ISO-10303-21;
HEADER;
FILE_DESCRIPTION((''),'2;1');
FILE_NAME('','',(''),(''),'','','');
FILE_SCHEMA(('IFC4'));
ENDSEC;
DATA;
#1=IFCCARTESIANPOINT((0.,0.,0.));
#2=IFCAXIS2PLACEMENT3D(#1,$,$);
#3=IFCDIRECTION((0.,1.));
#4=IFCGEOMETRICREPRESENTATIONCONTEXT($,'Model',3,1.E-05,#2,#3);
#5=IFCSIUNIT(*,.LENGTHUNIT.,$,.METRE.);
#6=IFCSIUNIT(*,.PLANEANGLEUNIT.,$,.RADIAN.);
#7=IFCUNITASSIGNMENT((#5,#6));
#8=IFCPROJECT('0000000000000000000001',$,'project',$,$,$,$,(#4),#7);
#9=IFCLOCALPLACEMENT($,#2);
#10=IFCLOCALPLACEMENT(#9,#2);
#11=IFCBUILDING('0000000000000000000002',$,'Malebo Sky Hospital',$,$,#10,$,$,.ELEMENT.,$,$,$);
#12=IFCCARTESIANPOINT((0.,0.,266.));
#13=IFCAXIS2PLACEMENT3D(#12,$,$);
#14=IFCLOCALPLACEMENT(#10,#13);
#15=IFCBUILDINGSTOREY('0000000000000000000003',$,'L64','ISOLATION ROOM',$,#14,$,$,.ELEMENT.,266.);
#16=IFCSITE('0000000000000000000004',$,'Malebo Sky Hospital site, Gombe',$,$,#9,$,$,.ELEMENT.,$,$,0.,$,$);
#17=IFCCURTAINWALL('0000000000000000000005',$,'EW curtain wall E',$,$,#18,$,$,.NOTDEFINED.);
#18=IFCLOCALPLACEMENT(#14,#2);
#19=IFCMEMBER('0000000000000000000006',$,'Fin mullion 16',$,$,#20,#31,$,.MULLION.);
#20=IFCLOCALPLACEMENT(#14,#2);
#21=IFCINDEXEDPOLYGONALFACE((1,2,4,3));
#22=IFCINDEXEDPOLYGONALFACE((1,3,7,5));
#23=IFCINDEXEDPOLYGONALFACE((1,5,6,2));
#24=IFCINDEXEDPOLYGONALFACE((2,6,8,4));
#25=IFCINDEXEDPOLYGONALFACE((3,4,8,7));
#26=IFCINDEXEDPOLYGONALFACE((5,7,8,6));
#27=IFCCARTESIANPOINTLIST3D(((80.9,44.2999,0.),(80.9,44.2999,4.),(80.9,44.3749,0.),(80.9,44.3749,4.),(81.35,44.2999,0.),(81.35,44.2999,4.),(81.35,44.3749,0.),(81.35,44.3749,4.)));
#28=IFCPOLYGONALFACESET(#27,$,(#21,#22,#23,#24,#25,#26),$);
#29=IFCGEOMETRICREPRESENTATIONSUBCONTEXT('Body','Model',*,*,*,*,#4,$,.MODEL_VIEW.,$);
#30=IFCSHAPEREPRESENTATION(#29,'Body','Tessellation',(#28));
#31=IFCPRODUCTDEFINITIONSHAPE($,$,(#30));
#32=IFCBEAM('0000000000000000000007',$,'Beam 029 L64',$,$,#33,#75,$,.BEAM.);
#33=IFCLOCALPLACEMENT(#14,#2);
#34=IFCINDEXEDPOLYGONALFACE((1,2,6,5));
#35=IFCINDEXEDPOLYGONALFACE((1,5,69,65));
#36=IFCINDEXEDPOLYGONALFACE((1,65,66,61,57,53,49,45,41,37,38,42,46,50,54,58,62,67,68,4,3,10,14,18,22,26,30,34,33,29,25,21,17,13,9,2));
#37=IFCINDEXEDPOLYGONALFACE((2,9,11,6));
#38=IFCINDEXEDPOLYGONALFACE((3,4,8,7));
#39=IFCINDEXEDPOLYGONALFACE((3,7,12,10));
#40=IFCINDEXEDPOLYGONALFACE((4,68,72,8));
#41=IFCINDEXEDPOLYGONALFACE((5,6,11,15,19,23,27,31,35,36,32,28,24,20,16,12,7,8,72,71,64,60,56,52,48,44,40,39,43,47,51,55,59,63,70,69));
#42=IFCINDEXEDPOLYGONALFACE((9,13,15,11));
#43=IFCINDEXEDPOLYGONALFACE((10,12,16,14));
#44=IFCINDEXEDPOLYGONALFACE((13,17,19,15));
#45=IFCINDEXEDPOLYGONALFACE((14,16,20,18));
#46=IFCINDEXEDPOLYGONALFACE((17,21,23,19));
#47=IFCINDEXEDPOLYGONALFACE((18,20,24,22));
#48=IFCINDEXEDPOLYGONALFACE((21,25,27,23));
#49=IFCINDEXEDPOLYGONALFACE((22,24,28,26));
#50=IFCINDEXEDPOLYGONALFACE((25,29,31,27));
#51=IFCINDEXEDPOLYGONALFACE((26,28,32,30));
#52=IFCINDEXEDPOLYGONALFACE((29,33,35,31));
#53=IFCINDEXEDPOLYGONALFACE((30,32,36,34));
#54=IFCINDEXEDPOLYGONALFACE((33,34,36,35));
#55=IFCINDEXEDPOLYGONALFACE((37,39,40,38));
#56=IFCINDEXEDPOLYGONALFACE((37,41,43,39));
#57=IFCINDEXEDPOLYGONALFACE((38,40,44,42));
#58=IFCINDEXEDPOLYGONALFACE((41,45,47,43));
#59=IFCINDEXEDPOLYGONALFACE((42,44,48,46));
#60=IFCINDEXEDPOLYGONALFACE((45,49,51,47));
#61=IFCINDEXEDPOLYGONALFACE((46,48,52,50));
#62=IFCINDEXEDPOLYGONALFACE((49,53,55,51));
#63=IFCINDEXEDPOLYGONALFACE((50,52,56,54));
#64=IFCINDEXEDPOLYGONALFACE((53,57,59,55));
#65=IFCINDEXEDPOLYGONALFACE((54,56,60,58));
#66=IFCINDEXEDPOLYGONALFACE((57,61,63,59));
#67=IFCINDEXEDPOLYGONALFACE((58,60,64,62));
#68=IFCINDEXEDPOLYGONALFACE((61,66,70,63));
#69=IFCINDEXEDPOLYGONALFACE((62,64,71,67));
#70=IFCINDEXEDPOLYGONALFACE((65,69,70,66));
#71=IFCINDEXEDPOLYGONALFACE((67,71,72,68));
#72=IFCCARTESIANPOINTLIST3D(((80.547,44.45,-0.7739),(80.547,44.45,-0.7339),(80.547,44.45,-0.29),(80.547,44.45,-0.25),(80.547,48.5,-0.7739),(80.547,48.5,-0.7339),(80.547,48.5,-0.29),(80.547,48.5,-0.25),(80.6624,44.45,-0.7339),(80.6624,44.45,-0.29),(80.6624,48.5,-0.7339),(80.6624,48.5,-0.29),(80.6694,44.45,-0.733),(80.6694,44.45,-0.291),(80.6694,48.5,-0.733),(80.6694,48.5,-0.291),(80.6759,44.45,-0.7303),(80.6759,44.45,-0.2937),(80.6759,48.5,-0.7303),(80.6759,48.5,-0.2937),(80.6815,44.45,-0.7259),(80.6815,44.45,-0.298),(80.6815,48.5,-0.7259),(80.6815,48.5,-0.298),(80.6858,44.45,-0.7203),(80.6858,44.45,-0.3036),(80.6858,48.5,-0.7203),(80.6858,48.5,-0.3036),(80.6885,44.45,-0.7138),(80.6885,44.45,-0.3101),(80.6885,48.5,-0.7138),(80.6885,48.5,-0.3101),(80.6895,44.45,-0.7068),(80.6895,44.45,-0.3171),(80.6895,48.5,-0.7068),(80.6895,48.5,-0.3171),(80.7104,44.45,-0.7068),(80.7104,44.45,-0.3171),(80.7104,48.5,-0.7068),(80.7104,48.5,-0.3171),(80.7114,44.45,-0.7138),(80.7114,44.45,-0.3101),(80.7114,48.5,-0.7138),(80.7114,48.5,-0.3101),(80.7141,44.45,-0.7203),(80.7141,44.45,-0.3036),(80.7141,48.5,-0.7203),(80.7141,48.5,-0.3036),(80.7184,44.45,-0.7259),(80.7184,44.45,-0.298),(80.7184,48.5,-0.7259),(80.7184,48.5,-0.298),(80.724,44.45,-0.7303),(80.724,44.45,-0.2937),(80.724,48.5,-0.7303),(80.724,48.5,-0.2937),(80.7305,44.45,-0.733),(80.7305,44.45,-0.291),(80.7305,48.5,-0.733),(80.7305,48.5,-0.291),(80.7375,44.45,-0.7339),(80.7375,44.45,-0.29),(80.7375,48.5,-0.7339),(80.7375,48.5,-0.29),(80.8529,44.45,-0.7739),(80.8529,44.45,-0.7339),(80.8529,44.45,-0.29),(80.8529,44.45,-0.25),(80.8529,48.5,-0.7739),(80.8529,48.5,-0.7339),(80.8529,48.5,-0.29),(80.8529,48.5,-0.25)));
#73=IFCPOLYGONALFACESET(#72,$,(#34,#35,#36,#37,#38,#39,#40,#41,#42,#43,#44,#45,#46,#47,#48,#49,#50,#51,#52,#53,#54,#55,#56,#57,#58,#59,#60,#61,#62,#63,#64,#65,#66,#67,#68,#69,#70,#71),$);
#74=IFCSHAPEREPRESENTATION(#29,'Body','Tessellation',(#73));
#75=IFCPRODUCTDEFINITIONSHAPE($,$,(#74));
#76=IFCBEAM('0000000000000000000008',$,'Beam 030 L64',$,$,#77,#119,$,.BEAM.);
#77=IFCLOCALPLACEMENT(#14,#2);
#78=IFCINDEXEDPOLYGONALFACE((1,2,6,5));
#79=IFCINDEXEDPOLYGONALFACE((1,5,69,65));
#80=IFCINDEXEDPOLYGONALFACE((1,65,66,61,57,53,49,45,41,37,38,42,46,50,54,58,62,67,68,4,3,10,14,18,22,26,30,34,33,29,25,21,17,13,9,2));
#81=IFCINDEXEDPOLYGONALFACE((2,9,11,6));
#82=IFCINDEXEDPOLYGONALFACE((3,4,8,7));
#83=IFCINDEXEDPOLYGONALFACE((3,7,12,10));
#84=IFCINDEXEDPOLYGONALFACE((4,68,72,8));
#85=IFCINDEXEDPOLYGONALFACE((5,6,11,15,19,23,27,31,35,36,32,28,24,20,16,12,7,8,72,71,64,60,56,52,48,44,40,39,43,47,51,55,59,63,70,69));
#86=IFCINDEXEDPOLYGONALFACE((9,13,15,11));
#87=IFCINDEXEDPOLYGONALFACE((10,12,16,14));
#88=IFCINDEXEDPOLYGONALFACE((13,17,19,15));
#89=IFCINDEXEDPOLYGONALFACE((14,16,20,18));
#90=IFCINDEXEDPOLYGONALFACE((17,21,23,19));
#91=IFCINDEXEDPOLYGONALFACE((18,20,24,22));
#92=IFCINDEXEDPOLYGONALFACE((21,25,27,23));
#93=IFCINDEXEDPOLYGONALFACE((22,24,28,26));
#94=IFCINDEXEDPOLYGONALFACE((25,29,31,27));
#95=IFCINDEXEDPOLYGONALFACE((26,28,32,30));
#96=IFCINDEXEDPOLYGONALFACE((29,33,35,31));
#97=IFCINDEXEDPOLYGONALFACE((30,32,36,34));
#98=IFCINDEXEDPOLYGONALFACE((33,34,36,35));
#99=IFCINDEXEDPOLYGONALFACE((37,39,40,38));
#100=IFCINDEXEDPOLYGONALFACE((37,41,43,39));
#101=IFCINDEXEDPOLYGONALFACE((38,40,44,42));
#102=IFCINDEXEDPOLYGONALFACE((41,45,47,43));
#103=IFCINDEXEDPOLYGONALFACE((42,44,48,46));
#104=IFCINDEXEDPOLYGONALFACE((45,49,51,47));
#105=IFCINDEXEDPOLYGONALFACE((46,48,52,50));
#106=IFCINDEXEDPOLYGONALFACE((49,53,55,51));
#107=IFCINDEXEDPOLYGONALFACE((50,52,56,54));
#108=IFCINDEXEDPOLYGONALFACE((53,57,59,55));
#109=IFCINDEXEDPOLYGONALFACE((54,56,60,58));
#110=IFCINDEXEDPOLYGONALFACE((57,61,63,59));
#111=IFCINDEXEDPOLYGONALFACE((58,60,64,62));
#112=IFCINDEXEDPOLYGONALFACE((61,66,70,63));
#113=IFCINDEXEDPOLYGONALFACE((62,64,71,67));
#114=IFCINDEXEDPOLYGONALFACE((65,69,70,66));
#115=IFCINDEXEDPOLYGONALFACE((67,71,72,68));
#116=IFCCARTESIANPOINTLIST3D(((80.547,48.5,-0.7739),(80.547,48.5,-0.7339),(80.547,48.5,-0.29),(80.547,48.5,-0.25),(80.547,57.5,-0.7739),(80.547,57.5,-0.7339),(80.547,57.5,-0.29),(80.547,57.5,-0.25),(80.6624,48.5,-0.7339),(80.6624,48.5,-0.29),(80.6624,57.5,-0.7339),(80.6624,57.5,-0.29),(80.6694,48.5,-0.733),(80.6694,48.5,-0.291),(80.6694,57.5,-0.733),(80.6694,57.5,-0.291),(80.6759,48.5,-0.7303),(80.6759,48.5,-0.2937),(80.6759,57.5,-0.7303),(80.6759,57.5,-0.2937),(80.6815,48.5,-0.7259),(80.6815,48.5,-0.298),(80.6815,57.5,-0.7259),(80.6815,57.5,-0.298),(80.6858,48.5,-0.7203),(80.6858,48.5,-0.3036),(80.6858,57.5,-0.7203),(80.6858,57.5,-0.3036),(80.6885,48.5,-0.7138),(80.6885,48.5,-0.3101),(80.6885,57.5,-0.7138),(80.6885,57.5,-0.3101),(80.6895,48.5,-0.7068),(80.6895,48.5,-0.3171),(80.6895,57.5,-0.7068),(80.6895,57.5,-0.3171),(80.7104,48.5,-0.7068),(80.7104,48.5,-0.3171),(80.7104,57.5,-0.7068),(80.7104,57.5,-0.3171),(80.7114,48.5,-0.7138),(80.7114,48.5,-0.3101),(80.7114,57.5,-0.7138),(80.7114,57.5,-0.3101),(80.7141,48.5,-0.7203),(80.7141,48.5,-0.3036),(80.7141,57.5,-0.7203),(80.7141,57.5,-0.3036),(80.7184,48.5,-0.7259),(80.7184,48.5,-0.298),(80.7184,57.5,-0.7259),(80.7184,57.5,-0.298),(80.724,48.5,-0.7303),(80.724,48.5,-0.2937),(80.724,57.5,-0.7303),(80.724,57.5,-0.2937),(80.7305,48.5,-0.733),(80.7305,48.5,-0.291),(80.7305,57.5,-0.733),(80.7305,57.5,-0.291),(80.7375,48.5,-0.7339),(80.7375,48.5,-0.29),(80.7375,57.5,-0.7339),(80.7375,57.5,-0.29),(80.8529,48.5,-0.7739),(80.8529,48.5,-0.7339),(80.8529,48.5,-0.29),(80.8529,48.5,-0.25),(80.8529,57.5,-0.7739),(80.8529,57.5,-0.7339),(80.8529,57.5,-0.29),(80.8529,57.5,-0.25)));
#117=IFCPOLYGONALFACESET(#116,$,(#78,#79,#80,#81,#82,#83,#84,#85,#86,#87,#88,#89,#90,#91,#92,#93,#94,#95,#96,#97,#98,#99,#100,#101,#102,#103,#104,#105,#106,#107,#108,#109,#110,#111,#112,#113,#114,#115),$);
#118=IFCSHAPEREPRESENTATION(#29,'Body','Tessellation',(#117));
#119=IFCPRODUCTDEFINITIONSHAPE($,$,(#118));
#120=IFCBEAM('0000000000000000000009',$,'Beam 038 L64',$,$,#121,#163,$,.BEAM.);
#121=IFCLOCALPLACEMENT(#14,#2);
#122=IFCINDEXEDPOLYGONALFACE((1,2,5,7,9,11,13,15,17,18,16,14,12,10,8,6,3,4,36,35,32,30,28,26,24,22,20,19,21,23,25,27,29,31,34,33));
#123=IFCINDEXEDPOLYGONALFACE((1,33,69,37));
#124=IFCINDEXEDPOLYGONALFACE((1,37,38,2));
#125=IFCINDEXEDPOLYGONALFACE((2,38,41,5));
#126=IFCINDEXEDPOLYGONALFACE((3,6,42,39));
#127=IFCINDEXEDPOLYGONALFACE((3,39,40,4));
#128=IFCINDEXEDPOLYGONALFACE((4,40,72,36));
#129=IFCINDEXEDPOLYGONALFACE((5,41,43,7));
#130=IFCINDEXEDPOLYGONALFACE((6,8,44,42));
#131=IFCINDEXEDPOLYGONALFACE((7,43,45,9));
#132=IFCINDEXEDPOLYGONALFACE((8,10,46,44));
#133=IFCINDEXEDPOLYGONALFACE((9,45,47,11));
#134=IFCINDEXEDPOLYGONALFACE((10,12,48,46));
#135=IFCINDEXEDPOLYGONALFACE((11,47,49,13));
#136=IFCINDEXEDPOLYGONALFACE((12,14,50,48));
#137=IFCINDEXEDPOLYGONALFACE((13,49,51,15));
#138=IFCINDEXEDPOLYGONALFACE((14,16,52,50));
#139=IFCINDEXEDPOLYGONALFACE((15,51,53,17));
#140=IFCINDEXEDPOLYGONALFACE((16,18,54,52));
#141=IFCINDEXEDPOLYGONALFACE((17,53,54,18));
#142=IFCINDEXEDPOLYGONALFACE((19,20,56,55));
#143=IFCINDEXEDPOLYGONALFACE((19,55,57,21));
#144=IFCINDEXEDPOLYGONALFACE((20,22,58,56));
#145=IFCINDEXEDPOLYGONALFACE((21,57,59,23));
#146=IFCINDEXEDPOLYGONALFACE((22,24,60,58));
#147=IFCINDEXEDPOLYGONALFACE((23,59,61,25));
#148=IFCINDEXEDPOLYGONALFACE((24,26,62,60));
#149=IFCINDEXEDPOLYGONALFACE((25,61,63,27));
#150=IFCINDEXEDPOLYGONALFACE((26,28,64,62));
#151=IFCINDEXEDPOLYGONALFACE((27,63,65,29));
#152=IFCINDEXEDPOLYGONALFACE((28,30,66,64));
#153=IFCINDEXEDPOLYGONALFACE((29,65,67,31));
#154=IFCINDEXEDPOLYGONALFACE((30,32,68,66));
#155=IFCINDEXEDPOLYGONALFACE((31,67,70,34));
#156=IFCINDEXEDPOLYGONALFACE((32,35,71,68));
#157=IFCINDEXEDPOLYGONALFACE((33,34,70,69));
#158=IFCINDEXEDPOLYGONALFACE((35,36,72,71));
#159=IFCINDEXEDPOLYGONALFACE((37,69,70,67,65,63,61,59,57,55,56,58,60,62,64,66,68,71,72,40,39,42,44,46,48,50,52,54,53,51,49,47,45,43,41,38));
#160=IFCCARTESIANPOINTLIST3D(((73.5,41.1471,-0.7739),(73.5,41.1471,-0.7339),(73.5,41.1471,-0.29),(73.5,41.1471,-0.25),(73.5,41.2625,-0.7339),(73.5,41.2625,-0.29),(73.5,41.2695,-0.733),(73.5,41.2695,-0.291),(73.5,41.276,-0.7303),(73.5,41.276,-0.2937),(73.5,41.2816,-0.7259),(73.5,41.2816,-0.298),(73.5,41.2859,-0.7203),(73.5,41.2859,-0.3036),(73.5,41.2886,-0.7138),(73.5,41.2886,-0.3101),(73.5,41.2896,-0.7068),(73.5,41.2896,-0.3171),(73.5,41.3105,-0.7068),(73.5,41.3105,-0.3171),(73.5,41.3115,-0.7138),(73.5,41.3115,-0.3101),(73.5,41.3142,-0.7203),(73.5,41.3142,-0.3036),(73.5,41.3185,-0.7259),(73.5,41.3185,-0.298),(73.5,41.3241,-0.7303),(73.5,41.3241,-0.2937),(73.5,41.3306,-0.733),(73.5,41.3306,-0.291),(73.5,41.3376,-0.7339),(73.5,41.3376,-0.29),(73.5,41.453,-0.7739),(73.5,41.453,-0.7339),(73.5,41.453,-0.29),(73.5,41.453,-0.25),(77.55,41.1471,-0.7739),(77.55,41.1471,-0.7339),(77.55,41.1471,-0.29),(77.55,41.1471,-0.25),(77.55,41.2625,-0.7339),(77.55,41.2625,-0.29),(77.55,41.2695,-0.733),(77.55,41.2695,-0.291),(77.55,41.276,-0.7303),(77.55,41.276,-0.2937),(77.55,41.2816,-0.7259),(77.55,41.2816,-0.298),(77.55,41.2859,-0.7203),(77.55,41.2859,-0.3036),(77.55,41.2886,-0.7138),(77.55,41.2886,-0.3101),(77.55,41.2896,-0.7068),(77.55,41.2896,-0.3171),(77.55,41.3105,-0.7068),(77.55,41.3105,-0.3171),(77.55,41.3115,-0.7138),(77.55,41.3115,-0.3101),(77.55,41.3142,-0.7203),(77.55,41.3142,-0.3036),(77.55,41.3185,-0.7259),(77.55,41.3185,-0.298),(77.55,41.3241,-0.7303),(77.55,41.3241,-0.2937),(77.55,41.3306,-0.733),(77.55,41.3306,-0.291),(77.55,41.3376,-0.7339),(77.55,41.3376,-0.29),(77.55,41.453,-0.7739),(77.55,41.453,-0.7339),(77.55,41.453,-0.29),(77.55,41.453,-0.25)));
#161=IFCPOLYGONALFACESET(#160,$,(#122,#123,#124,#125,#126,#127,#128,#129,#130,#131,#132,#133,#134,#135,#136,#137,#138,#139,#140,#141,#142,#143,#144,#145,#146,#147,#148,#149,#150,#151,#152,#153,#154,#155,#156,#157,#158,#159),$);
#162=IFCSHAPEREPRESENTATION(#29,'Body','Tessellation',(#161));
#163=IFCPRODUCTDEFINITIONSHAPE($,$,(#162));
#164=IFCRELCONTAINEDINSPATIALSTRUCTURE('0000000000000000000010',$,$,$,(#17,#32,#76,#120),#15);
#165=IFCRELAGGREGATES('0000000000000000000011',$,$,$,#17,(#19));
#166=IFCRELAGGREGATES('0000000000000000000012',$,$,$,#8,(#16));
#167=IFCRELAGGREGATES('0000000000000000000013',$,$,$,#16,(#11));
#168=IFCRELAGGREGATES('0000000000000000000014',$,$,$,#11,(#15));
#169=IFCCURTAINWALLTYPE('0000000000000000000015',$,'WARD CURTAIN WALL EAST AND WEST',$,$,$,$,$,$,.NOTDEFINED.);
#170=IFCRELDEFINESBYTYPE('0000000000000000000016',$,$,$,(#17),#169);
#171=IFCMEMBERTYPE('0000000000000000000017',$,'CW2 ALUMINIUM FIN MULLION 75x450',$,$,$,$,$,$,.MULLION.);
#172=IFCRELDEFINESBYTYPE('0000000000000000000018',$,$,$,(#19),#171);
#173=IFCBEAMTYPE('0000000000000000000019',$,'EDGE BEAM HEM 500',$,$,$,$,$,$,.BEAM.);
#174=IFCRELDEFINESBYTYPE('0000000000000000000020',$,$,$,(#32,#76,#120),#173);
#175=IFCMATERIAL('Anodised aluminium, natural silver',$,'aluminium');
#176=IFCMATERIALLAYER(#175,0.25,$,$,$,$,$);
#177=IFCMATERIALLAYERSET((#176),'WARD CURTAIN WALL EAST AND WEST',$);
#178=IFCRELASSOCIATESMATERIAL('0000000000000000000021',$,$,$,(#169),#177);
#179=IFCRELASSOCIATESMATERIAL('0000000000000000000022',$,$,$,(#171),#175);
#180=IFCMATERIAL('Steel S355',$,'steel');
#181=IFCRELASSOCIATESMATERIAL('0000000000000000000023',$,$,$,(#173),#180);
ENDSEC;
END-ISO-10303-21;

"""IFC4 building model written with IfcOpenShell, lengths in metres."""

from ifc_helpers import new_model, si_unit, direction, frame, origin, origin_2d, place, context, subcontext, project, spatial, rectangle, i_section, extrude, material, layer, layer_set, material_profile, profile_set, type_object, element, aggregate, save


model = new_model("IFC4")

# Units and contexts
model_context = context("Model", 3, precision=1e-05, world=origin(), true_north=direction((0.0, 1.0)))
body_context = subcontext(model_context, "Body", "Model", "MODEL_VIEW")
ifc_project = project(units=[si_unit("LENGTHUNIT", "METRE"), si_unit("PLANEANGLEUNIT", "RADIAN")], contexts=[model_context])

# Site, building, storey
site_placement = place(None, origin())
site = spatial("IfcSite", under=ifc_project, at=site_placement, Name="Malebo Sky Hospital site, Gombe", CompositionType="ELEMENT", RefElevation=0.0)
building_placement = place(site_placement, origin())
building = spatial("IfcBuilding", under=site, at=building_placement, Name="Malebo Sky Hospital", CompositionType="ELEMENT")
storey_placement = place(building_placement, frame((0.0, 0.0, 266.0)))
storey = spatial("IfcBuildingStorey", under=building, at=storey_placement, Name="L64", Description="ISOLATION ROOM", CompositionType="ELEMENT", Elevation=266.0)

# Shared definitions
ifc_material_1 = material(Name="Anodised aluminium, natural silver", Category="aluminium")

# Curtain wall
ifc_layer_1 = layer(ifc_material_1, 0.25)
ifc_layer_set_1 = layer_set([ifc_layer_1], Name="WARD CURTAIN WALL EAST AND WEST")
curtain_wall_type_1 = type_object("IfcCurtainWallType", Name="WARD CURTAIN WALL EAST AND WEST", PredefinedType="NOTDEFINED", material=ifc_layer_set_1)
curtain_wall_1_placement = place(storey_placement, origin())
curtain_wall_1 = element("IfcCurtainWall", 1, at=curtain_wall_1_placement, inside=storey, type_object=curtain_wall_type_1, Name="EW curtain wall E", PredefinedType="NOTDEFINED")

# Member
ifc_material_profile_1 = material_profile(ifc_material_1, rectangle(XDim=0.075, YDim=0.45, at=origin_2d()), Name="CW2 ALUMINIUM FIN MULLION 75x450")
ifc_profile_set_1 = profile_set([ifc_material_profile_1], Name="Anodised aluminium, natural silver")
member_type_1 = type_object("IfcMemberType", Name="CW2 ALUMINIUM FIN MULLION 75x450", PredefinedType="MULLION", material=ifc_profile_set_1)
member_1_placement = place(storey_placement, frame((81.125, 44.3374, 0.0), z_axis=(0.0, 0.0, 1.0), x_axis=(0.0, -1.0, 0.0)))
member_1 = element("IfcMember", 2, at=member_1_placement, type_object=member_type_1, Name="Fin mullion 16", PredefinedType="MULLION", context=body_context, shape_type="SweptSolid", body=[
    extrude(rectangle(XDim=0.075, YDim=0.45, at=origin_2d()), origin(), (0.0, 0.0, 1.0), 4.0),
])

# Beams
ifc_material_2 = material(Name="Steel S355", Category="steel")
ifc_material_profile_2 = material_profile(ifc_material_2, i_section(OverallWidth=0.3059, OverallDepth=0.5239, WebThickness=0.021, FlangeThickness=0.04, FilletRadius=0.0271, at=origin_2d()), Name="HEM 500")
ifc_profile_set_2 = profile_set([ifc_material_profile_2], Name="Steel S355")
beam_type_1 = type_object("IfcBeamType", Name="EDGE BEAM HEM 500", PredefinedType="BEAM", material=ifc_profile_set_2)
beam_1_placement = place(storey_placement, frame((80.7, 44.45, -0.512), z_axis=(0.0, 1.0, 0.0), x_axis=(-1.0, 0.0, 0.0)))
element("IfcBeam", 3, at=beam_1_placement, inside=storey, type_object=beam_type_1, Name="Beam 029 L64", PredefinedType="BEAM", context=body_context, shape_type="SweptSolid", body=[
    extrude(i_section(OverallWidth=0.3059, OverallDepth=0.5239, WebThickness=0.021, FlangeThickness=0.04, FilletRadius=0.0271, at=origin_2d()), origin(), (0.0, 0.0, 1.0), 4.05),
])
beam_2_placement = place(storey_placement, frame((80.7, 48.5, -0.512), z_axis=(0.0, 1.0, 0.0), x_axis=(-1.0, 0.0, 0.0)))
element("IfcBeam", 4, at=beam_2_placement, inside=storey, type_object=beam_type_1, Name="Beam 030 L64", PredefinedType="BEAM", context=body_context, shape_type="SweptSolid", body=[
    extrude(i_section(OverallWidth=0.3059, OverallDepth=0.5239, WebThickness=0.021, FlangeThickness=0.04, FilletRadius=0.0271, at=origin_2d()), origin(), (0.0, 0.0, 1.0), 9.0),
])
beam_3_placement = place(storey_placement, frame((73.5, 41.3, -0.512), z_axis=(1.0, 0.0, 0.0), x_axis=(0.0, 1.0, 0.0)))
element("IfcBeam", 5, at=beam_3_placement, inside=storey, type_object=beam_type_1, Name="Beam 038 L64", PredefinedType="BEAM", context=body_context, shape_type="SweptSolid", body=[
    extrude(i_section(OverallWidth=0.3059, OverallDepth=0.5239, WebThickness=0.021, FlangeThickness=0.04, FilletRadius=0.0271, at=origin_2d()), origin(), (0.0, 0.0, 1.0), 4.05),
])

aggregate(curtain_wall_1, [member_1])

save(model, "model.ifc")
